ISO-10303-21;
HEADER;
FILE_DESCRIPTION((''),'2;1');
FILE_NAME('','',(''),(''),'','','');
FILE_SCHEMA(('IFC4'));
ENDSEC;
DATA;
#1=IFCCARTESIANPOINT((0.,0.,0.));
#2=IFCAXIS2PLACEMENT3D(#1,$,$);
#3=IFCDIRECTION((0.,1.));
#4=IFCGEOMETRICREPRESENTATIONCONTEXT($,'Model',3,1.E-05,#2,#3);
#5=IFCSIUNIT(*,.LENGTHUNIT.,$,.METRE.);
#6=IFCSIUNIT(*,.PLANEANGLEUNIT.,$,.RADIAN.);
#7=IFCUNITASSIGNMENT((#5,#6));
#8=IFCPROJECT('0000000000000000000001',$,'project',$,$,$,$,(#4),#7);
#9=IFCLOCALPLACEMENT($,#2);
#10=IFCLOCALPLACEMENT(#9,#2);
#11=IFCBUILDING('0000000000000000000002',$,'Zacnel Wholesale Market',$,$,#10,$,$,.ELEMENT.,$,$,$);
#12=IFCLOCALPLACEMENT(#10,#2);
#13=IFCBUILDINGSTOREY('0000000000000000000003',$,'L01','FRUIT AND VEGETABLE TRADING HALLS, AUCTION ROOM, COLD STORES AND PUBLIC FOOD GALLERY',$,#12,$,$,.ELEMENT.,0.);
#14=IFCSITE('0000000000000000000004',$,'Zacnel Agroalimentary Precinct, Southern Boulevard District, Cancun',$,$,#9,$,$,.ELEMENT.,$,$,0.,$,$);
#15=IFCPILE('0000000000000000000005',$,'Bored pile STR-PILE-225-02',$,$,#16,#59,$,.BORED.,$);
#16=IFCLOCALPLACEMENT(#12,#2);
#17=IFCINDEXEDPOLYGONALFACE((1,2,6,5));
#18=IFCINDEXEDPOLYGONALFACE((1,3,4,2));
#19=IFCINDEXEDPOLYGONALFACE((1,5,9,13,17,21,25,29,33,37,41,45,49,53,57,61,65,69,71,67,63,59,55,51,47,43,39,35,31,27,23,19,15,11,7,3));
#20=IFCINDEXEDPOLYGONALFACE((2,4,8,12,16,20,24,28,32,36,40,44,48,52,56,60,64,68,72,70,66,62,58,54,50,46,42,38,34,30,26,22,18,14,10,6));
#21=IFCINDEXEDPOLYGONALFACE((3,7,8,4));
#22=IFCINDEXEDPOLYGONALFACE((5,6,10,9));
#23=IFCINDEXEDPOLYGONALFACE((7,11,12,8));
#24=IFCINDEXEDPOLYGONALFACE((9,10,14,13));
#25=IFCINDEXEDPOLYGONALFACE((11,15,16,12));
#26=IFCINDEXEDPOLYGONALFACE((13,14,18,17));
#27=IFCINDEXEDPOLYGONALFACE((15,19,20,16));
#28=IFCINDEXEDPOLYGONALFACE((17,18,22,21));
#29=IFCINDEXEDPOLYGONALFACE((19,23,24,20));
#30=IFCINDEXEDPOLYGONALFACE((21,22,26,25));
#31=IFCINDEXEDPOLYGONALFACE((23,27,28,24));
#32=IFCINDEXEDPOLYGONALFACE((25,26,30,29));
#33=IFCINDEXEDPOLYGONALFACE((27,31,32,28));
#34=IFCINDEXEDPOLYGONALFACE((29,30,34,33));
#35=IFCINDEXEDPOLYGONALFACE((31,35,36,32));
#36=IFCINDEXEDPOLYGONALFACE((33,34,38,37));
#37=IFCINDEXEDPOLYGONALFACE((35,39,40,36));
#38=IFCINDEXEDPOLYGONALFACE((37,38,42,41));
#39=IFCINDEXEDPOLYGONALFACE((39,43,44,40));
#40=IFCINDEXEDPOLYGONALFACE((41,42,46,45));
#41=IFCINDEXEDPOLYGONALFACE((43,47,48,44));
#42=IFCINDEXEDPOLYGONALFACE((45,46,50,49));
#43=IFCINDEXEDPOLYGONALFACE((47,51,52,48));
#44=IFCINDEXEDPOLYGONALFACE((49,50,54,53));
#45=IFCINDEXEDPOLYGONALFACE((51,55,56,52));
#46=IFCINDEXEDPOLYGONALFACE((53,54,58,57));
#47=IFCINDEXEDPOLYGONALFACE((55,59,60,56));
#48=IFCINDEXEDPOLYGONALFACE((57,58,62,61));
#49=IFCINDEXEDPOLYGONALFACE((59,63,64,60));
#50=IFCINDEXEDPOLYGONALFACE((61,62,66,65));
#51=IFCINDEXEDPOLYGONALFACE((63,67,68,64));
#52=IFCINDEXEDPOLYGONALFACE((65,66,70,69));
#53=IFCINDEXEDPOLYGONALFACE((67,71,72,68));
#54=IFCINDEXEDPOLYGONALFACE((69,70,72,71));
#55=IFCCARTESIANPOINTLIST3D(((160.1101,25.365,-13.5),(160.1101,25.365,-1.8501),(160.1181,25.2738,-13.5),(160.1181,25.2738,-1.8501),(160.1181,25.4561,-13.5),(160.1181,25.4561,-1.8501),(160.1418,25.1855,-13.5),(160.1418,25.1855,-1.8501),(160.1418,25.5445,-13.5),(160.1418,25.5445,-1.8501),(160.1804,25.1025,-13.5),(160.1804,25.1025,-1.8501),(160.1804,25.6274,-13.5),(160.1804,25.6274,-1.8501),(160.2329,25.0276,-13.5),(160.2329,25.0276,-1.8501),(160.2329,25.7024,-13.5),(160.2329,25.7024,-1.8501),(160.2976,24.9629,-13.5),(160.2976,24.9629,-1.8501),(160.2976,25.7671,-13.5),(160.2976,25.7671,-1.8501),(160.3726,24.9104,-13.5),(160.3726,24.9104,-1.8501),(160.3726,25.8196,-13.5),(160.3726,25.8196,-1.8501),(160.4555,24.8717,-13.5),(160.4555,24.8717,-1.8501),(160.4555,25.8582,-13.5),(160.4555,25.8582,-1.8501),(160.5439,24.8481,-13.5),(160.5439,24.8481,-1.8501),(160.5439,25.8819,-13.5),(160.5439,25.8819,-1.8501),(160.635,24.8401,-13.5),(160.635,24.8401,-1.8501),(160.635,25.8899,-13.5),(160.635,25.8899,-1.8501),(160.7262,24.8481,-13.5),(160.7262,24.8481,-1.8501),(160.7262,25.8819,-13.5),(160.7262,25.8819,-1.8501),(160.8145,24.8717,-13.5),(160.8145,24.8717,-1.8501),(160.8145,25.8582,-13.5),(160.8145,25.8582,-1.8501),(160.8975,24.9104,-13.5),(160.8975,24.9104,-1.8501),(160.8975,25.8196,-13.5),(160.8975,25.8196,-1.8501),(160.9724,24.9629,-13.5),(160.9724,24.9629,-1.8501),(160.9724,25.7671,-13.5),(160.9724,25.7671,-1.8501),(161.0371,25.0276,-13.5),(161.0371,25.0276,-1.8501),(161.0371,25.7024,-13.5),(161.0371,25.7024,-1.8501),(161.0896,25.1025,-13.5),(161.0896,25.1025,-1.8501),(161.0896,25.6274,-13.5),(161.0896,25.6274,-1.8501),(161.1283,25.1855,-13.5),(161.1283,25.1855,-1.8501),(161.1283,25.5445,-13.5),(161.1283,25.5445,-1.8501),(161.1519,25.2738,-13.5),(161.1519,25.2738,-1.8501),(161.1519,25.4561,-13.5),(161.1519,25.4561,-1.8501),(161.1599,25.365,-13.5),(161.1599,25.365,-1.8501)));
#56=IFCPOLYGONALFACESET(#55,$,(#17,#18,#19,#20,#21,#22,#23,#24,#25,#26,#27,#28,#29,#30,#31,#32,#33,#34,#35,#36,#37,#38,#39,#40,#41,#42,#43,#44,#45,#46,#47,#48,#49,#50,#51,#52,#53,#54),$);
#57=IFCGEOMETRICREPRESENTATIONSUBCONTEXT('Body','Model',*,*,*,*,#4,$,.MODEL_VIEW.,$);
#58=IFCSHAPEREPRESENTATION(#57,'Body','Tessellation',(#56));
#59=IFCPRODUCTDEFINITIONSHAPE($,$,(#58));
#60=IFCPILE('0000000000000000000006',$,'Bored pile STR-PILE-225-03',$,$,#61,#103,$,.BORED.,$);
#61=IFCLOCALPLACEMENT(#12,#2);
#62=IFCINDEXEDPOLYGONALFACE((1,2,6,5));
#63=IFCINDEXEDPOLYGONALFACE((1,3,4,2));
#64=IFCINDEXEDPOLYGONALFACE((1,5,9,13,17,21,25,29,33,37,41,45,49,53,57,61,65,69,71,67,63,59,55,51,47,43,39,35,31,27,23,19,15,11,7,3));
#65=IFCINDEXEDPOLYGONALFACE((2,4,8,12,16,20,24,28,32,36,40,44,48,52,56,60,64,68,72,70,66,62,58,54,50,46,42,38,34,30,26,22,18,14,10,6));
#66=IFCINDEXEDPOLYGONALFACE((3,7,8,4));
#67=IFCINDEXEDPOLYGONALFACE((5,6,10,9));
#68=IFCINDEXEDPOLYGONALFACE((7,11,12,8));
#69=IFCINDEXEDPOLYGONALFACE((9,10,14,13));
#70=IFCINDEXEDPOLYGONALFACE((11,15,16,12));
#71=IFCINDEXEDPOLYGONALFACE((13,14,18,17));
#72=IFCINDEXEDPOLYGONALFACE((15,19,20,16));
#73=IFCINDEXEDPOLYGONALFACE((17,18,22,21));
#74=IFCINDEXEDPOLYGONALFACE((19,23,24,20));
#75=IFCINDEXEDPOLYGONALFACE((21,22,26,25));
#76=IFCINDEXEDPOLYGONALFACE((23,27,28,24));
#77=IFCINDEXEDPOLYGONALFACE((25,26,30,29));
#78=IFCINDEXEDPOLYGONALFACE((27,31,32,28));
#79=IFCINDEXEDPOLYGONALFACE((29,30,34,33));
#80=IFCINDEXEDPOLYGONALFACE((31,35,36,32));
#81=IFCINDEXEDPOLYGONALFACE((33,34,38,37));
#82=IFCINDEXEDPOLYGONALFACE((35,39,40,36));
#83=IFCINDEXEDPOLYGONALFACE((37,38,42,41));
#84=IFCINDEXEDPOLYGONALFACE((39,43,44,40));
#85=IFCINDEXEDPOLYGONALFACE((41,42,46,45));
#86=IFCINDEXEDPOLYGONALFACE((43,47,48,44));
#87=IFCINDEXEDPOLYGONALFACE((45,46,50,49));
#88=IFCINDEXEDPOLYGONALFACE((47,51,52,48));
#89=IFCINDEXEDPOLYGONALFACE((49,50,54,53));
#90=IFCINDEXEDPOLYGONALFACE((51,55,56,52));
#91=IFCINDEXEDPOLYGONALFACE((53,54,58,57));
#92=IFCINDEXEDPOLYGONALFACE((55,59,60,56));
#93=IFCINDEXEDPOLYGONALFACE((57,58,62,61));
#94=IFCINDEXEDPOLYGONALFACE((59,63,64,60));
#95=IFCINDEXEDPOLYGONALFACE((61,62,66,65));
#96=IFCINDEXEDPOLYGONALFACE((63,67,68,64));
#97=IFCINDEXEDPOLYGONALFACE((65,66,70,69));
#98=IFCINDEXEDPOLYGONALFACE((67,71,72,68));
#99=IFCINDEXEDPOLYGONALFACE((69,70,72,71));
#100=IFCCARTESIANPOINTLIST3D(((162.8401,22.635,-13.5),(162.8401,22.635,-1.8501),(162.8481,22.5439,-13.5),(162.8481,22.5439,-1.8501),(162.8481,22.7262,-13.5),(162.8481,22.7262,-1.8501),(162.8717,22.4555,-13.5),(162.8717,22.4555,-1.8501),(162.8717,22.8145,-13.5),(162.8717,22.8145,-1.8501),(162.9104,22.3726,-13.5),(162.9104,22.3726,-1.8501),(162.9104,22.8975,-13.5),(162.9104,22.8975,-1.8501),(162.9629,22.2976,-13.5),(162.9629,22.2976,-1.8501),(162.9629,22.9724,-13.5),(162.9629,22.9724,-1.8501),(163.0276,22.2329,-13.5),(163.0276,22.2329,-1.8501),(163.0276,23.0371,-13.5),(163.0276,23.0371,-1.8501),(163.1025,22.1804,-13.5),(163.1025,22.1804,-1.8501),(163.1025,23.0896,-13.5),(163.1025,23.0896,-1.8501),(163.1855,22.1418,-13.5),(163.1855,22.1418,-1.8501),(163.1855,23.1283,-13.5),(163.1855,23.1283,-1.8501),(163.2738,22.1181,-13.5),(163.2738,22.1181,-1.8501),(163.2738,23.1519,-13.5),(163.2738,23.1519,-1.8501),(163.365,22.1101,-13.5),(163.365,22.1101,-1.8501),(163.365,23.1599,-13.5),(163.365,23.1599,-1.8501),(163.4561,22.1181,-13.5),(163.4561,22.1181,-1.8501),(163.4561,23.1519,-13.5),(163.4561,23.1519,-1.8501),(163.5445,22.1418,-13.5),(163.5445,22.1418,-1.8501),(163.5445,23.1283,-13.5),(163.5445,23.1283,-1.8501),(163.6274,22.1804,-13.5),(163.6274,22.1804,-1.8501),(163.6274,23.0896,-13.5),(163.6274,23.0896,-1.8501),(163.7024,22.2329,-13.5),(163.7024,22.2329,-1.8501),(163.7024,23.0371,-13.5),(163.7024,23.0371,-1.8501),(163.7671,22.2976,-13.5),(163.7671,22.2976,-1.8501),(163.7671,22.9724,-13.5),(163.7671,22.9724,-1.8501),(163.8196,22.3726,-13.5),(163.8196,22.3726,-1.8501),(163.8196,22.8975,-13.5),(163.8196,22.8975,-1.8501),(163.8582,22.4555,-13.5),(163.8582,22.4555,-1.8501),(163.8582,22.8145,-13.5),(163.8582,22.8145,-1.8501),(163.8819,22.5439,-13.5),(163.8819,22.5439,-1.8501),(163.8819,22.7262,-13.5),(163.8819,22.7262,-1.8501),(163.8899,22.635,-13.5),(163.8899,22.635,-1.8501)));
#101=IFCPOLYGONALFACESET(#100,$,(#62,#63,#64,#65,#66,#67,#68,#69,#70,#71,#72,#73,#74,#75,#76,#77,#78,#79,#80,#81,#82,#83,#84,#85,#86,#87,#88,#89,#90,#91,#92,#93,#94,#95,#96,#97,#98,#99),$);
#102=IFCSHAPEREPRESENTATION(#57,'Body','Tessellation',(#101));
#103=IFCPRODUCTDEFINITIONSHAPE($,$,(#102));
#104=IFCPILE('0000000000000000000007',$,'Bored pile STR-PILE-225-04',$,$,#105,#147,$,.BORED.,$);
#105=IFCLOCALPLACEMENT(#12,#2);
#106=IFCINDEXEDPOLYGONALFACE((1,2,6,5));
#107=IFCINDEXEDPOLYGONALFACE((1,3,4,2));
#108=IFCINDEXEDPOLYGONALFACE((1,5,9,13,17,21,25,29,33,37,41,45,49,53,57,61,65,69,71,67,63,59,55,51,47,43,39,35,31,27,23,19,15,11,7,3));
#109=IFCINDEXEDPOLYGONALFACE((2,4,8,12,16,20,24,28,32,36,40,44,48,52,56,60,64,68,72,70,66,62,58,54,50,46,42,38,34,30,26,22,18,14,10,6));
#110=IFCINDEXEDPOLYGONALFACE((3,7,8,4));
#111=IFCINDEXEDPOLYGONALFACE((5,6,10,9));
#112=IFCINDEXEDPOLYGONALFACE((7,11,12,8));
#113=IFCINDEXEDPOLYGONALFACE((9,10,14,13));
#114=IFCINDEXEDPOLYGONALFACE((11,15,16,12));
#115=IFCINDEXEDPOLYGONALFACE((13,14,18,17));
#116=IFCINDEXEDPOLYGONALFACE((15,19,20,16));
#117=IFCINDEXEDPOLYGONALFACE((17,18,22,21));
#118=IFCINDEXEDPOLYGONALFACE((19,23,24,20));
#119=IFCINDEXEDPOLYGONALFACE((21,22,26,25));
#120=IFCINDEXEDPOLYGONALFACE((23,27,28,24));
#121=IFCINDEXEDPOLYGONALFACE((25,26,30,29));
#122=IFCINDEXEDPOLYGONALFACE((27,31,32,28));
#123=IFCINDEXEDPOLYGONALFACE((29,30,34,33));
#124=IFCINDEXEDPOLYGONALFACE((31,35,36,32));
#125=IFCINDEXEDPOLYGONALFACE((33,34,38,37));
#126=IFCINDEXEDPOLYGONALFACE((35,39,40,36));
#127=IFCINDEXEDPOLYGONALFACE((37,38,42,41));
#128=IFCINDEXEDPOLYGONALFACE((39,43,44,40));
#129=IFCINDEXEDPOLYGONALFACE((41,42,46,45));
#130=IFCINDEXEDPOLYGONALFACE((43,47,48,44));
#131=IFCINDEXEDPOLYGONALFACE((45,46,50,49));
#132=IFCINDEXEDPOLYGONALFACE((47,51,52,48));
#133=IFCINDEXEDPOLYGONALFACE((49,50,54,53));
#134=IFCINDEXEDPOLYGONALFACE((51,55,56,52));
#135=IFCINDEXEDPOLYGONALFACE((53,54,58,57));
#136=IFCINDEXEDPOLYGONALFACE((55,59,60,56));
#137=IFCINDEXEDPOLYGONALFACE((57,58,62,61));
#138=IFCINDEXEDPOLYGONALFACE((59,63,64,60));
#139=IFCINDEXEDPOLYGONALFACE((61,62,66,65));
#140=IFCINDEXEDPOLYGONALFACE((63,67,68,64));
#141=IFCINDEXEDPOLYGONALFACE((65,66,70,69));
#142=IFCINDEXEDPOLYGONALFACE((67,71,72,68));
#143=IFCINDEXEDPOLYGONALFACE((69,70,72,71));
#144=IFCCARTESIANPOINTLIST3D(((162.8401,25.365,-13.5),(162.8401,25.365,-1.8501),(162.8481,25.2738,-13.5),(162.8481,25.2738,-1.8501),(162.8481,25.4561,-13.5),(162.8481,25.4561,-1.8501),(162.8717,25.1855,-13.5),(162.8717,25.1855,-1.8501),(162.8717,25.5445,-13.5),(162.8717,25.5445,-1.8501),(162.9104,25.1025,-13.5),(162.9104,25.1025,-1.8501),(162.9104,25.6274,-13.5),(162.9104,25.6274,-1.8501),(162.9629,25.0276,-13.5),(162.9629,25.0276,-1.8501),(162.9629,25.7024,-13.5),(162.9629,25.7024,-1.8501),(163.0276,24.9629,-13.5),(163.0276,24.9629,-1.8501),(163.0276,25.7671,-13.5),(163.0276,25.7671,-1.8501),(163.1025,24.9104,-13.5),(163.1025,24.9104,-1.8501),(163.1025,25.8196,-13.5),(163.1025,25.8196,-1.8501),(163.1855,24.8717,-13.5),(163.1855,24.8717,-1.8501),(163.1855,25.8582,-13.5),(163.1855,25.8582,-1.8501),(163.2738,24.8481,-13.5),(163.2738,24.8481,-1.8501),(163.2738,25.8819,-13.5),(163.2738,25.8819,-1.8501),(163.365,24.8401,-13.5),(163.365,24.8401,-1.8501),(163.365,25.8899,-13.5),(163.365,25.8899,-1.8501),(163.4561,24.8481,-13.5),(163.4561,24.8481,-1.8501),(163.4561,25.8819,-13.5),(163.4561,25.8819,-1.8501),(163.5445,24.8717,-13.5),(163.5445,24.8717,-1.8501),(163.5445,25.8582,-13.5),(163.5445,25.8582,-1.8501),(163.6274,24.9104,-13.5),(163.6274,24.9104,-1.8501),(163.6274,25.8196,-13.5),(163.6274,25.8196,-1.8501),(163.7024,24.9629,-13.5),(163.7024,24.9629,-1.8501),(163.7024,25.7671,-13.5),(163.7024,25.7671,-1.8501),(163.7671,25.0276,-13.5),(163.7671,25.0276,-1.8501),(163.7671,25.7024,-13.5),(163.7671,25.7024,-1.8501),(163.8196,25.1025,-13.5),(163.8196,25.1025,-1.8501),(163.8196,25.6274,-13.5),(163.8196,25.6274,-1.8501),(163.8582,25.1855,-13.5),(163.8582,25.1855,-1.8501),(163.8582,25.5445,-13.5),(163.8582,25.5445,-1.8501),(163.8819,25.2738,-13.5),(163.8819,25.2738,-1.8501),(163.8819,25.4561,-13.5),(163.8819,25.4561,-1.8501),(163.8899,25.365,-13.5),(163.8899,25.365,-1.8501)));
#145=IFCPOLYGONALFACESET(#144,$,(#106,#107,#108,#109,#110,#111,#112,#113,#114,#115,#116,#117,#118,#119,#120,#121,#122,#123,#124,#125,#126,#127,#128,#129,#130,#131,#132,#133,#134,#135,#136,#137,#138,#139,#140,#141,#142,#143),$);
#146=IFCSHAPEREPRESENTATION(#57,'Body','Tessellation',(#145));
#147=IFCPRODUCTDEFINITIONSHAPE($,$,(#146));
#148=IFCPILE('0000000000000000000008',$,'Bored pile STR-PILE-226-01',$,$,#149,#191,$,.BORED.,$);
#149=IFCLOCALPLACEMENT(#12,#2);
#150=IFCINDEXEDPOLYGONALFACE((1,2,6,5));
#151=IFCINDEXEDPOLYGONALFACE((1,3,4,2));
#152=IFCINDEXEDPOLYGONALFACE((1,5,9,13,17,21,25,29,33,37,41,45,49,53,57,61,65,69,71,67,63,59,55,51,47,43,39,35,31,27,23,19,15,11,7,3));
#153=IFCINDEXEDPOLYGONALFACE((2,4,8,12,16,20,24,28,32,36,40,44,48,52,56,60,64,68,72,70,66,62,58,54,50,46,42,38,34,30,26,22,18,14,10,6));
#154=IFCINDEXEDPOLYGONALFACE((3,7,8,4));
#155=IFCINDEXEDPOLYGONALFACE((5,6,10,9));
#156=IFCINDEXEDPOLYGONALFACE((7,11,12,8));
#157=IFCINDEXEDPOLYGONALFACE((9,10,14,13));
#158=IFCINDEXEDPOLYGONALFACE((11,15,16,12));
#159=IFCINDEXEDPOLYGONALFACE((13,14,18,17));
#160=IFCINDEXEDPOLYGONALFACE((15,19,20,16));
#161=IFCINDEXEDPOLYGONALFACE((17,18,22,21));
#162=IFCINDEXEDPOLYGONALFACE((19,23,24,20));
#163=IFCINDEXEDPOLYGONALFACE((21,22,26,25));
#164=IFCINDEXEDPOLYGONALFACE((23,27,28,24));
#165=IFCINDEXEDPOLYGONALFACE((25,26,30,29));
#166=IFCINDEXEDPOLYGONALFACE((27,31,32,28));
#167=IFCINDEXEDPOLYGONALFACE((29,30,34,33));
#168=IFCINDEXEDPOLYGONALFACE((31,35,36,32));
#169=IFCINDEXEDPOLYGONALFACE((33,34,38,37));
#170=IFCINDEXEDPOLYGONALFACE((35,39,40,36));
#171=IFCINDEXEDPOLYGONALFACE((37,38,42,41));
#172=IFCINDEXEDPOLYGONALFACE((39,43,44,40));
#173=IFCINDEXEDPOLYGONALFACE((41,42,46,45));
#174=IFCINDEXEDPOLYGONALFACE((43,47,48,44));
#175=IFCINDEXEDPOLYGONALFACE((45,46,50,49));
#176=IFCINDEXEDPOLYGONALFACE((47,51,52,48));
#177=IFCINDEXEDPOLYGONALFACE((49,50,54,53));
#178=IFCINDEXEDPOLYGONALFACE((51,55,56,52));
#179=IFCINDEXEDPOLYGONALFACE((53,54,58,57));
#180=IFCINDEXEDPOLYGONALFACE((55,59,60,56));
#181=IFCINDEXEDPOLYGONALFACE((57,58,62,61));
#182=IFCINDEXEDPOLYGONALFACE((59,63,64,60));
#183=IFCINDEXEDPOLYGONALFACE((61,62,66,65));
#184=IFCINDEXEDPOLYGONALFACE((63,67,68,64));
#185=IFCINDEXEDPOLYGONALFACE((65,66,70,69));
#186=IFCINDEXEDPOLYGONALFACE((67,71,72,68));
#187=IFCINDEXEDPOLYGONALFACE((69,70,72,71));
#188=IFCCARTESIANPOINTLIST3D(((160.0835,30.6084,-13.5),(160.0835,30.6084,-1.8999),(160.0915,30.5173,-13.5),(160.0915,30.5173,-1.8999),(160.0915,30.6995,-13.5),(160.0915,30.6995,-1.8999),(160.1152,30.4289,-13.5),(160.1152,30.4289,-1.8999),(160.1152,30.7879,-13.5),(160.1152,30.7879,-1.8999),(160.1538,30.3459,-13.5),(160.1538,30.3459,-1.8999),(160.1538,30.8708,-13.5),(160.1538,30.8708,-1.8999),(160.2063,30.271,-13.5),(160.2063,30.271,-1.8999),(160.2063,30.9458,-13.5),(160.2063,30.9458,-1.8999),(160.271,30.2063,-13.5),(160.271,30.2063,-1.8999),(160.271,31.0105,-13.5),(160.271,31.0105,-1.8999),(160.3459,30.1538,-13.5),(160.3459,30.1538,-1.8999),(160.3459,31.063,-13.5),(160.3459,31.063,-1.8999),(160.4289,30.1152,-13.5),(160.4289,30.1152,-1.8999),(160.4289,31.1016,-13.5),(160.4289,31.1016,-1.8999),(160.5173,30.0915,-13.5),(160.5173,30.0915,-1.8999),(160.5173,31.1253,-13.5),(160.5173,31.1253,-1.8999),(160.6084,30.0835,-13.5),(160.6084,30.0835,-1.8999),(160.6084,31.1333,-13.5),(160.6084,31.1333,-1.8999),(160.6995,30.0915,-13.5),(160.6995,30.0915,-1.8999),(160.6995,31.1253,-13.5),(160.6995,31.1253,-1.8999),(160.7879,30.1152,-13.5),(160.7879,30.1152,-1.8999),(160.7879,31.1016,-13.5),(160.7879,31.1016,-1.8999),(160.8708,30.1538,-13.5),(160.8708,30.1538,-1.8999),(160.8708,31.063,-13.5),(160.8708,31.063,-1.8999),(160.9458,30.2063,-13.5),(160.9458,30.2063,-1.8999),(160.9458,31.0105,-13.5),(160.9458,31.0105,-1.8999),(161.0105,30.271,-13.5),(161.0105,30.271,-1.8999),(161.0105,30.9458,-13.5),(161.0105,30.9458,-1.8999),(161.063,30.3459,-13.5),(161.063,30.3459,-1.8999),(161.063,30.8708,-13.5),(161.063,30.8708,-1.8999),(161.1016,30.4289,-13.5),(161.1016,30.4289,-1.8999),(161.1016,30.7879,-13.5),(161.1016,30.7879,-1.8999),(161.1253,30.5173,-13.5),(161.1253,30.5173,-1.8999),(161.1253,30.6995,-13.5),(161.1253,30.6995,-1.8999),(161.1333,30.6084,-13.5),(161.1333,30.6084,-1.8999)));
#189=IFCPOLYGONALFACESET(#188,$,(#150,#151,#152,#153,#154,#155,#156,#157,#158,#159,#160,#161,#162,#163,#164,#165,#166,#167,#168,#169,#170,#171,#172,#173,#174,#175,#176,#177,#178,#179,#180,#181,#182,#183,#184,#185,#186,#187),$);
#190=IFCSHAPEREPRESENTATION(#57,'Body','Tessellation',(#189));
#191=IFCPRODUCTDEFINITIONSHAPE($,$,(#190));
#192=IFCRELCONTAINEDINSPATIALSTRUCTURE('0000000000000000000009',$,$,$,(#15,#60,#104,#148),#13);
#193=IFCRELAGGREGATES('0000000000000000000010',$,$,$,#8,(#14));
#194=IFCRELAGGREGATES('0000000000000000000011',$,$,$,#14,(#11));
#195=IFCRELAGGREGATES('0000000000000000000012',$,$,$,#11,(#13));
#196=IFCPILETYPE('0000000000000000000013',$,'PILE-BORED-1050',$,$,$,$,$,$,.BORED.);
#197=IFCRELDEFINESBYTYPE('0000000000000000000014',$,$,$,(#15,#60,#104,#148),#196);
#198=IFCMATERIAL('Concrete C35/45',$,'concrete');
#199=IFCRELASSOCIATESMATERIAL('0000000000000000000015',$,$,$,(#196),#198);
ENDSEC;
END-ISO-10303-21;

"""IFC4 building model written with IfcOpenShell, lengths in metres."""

from ifc_helpers import new_model, si_unit, direction, frame, origin, origin_2d, place, context, subcontext, project, spatial, circle, extrude, material, material_profile, profile_set, type_object, element, save


model = new_model("IFC4")

# Units and contexts
model_context = context("Model", 3, precision=1e-05, world=origin(), true_north=direction((0.0, 1.0)))
body_context = subcontext(model_context, "Body", "Model", "MODEL_VIEW")
ifc_project = project(units=[si_unit("LENGTHUNIT", "METRE"), si_unit("PLANEANGLEUNIT", "RADIAN")], contexts=[model_context])

# Site, building, storey
site_placement = place(None, origin())
site = spatial("IfcSite", under=ifc_project, at=site_placement, Name="Zacnel Agroalimentary Precinct, Southern Boulevard District, Cancun", CompositionType="ELEMENT", RefElevation=0.0)
building_placement = place(site_placement, origin())
building = spatial("IfcBuilding", under=site, at=building_placement, Name="Zacnel Wholesale Market", CompositionType="ELEMENT")
storey_placement = place(building_placement, origin())
storey = spatial("IfcBuildingStorey", under=building, at=storey_placement, Name="L01", Description="FRUIT AND VEGETABLE TRADING HALLS, AUCTION ROOM, COLD STORES AND PUBLIC FOOD GALLERY", CompositionType="ELEMENT", Elevation=0.0)

# Piles
ifc_material_1 = material(Name="Concrete C35/45", Category="concrete")
ifc_material_profile_1 = material_profile(ifc_material_1, circle(Radius=0.5249, at=origin_2d()), Name="BORED PILE D1050")
ifc_profile_set_1 = profile_set([ifc_material_profile_1], Name="Concrete C35/45")
pile_type = type_object("IfcPileType", Name="PILE-BORED-1050", PredefinedType="BORED", material=ifc_profile_set_1)
for number, where, z_axis, x_axis, name in (
    (1, (160.635, 25.365, -1.8501), (0.0, 0.0, -1.0), (1.0, 0.0, 0.0), "Bored pile STR-PILE-225-02"),
    (2, (163.365, 22.635, -1.8501), (0.0, 0.0, -1.0), (1.0, 0.0, 0.0), "Bored pile STR-PILE-225-03"),
    (3, (163.365, 25.365, -1.8501), (0.0, 0.0, -1.0), (1.0, 0.0, 0.0), "Bored pile STR-PILE-225-04"),
):
    element("IfcPile", number, at=place(storey_placement, frame(where, z_axis=z_axis, x_axis=x_axis)), inside=storey, type_object=pile_type, Name=name, PredefinedType="BORED", context=body_context, shape_type="SweptSolid", body=[
        extrude(circle(Radius=0.5249, at=origin_2d()), origin(), (0.0, 0.0, 1.0), 11.6499),
    ])
for number, where, z_axis, x_axis, name in (
    (4, (160.6084, 30.6084, -1.8999), (0.0, 0.0, -1.0), (1.0, 0.0, 0.0), "Bored pile STR-PILE-226-01"),
):
    element("IfcPile", number, at=place(storey_placement, frame(where, z_axis=z_axis, x_axis=x_axis)), inside=storey, type_object=pile_type, Name=name, PredefinedType="BORED", context=body_context, shape_type="SweptSolid", body=[
        extrude(circle(Radius=0.5249, at=origin_2d()), origin(), (0.0, 0.0, 1.0), 11.6001),
    ])

save(model, "model.ifc")
